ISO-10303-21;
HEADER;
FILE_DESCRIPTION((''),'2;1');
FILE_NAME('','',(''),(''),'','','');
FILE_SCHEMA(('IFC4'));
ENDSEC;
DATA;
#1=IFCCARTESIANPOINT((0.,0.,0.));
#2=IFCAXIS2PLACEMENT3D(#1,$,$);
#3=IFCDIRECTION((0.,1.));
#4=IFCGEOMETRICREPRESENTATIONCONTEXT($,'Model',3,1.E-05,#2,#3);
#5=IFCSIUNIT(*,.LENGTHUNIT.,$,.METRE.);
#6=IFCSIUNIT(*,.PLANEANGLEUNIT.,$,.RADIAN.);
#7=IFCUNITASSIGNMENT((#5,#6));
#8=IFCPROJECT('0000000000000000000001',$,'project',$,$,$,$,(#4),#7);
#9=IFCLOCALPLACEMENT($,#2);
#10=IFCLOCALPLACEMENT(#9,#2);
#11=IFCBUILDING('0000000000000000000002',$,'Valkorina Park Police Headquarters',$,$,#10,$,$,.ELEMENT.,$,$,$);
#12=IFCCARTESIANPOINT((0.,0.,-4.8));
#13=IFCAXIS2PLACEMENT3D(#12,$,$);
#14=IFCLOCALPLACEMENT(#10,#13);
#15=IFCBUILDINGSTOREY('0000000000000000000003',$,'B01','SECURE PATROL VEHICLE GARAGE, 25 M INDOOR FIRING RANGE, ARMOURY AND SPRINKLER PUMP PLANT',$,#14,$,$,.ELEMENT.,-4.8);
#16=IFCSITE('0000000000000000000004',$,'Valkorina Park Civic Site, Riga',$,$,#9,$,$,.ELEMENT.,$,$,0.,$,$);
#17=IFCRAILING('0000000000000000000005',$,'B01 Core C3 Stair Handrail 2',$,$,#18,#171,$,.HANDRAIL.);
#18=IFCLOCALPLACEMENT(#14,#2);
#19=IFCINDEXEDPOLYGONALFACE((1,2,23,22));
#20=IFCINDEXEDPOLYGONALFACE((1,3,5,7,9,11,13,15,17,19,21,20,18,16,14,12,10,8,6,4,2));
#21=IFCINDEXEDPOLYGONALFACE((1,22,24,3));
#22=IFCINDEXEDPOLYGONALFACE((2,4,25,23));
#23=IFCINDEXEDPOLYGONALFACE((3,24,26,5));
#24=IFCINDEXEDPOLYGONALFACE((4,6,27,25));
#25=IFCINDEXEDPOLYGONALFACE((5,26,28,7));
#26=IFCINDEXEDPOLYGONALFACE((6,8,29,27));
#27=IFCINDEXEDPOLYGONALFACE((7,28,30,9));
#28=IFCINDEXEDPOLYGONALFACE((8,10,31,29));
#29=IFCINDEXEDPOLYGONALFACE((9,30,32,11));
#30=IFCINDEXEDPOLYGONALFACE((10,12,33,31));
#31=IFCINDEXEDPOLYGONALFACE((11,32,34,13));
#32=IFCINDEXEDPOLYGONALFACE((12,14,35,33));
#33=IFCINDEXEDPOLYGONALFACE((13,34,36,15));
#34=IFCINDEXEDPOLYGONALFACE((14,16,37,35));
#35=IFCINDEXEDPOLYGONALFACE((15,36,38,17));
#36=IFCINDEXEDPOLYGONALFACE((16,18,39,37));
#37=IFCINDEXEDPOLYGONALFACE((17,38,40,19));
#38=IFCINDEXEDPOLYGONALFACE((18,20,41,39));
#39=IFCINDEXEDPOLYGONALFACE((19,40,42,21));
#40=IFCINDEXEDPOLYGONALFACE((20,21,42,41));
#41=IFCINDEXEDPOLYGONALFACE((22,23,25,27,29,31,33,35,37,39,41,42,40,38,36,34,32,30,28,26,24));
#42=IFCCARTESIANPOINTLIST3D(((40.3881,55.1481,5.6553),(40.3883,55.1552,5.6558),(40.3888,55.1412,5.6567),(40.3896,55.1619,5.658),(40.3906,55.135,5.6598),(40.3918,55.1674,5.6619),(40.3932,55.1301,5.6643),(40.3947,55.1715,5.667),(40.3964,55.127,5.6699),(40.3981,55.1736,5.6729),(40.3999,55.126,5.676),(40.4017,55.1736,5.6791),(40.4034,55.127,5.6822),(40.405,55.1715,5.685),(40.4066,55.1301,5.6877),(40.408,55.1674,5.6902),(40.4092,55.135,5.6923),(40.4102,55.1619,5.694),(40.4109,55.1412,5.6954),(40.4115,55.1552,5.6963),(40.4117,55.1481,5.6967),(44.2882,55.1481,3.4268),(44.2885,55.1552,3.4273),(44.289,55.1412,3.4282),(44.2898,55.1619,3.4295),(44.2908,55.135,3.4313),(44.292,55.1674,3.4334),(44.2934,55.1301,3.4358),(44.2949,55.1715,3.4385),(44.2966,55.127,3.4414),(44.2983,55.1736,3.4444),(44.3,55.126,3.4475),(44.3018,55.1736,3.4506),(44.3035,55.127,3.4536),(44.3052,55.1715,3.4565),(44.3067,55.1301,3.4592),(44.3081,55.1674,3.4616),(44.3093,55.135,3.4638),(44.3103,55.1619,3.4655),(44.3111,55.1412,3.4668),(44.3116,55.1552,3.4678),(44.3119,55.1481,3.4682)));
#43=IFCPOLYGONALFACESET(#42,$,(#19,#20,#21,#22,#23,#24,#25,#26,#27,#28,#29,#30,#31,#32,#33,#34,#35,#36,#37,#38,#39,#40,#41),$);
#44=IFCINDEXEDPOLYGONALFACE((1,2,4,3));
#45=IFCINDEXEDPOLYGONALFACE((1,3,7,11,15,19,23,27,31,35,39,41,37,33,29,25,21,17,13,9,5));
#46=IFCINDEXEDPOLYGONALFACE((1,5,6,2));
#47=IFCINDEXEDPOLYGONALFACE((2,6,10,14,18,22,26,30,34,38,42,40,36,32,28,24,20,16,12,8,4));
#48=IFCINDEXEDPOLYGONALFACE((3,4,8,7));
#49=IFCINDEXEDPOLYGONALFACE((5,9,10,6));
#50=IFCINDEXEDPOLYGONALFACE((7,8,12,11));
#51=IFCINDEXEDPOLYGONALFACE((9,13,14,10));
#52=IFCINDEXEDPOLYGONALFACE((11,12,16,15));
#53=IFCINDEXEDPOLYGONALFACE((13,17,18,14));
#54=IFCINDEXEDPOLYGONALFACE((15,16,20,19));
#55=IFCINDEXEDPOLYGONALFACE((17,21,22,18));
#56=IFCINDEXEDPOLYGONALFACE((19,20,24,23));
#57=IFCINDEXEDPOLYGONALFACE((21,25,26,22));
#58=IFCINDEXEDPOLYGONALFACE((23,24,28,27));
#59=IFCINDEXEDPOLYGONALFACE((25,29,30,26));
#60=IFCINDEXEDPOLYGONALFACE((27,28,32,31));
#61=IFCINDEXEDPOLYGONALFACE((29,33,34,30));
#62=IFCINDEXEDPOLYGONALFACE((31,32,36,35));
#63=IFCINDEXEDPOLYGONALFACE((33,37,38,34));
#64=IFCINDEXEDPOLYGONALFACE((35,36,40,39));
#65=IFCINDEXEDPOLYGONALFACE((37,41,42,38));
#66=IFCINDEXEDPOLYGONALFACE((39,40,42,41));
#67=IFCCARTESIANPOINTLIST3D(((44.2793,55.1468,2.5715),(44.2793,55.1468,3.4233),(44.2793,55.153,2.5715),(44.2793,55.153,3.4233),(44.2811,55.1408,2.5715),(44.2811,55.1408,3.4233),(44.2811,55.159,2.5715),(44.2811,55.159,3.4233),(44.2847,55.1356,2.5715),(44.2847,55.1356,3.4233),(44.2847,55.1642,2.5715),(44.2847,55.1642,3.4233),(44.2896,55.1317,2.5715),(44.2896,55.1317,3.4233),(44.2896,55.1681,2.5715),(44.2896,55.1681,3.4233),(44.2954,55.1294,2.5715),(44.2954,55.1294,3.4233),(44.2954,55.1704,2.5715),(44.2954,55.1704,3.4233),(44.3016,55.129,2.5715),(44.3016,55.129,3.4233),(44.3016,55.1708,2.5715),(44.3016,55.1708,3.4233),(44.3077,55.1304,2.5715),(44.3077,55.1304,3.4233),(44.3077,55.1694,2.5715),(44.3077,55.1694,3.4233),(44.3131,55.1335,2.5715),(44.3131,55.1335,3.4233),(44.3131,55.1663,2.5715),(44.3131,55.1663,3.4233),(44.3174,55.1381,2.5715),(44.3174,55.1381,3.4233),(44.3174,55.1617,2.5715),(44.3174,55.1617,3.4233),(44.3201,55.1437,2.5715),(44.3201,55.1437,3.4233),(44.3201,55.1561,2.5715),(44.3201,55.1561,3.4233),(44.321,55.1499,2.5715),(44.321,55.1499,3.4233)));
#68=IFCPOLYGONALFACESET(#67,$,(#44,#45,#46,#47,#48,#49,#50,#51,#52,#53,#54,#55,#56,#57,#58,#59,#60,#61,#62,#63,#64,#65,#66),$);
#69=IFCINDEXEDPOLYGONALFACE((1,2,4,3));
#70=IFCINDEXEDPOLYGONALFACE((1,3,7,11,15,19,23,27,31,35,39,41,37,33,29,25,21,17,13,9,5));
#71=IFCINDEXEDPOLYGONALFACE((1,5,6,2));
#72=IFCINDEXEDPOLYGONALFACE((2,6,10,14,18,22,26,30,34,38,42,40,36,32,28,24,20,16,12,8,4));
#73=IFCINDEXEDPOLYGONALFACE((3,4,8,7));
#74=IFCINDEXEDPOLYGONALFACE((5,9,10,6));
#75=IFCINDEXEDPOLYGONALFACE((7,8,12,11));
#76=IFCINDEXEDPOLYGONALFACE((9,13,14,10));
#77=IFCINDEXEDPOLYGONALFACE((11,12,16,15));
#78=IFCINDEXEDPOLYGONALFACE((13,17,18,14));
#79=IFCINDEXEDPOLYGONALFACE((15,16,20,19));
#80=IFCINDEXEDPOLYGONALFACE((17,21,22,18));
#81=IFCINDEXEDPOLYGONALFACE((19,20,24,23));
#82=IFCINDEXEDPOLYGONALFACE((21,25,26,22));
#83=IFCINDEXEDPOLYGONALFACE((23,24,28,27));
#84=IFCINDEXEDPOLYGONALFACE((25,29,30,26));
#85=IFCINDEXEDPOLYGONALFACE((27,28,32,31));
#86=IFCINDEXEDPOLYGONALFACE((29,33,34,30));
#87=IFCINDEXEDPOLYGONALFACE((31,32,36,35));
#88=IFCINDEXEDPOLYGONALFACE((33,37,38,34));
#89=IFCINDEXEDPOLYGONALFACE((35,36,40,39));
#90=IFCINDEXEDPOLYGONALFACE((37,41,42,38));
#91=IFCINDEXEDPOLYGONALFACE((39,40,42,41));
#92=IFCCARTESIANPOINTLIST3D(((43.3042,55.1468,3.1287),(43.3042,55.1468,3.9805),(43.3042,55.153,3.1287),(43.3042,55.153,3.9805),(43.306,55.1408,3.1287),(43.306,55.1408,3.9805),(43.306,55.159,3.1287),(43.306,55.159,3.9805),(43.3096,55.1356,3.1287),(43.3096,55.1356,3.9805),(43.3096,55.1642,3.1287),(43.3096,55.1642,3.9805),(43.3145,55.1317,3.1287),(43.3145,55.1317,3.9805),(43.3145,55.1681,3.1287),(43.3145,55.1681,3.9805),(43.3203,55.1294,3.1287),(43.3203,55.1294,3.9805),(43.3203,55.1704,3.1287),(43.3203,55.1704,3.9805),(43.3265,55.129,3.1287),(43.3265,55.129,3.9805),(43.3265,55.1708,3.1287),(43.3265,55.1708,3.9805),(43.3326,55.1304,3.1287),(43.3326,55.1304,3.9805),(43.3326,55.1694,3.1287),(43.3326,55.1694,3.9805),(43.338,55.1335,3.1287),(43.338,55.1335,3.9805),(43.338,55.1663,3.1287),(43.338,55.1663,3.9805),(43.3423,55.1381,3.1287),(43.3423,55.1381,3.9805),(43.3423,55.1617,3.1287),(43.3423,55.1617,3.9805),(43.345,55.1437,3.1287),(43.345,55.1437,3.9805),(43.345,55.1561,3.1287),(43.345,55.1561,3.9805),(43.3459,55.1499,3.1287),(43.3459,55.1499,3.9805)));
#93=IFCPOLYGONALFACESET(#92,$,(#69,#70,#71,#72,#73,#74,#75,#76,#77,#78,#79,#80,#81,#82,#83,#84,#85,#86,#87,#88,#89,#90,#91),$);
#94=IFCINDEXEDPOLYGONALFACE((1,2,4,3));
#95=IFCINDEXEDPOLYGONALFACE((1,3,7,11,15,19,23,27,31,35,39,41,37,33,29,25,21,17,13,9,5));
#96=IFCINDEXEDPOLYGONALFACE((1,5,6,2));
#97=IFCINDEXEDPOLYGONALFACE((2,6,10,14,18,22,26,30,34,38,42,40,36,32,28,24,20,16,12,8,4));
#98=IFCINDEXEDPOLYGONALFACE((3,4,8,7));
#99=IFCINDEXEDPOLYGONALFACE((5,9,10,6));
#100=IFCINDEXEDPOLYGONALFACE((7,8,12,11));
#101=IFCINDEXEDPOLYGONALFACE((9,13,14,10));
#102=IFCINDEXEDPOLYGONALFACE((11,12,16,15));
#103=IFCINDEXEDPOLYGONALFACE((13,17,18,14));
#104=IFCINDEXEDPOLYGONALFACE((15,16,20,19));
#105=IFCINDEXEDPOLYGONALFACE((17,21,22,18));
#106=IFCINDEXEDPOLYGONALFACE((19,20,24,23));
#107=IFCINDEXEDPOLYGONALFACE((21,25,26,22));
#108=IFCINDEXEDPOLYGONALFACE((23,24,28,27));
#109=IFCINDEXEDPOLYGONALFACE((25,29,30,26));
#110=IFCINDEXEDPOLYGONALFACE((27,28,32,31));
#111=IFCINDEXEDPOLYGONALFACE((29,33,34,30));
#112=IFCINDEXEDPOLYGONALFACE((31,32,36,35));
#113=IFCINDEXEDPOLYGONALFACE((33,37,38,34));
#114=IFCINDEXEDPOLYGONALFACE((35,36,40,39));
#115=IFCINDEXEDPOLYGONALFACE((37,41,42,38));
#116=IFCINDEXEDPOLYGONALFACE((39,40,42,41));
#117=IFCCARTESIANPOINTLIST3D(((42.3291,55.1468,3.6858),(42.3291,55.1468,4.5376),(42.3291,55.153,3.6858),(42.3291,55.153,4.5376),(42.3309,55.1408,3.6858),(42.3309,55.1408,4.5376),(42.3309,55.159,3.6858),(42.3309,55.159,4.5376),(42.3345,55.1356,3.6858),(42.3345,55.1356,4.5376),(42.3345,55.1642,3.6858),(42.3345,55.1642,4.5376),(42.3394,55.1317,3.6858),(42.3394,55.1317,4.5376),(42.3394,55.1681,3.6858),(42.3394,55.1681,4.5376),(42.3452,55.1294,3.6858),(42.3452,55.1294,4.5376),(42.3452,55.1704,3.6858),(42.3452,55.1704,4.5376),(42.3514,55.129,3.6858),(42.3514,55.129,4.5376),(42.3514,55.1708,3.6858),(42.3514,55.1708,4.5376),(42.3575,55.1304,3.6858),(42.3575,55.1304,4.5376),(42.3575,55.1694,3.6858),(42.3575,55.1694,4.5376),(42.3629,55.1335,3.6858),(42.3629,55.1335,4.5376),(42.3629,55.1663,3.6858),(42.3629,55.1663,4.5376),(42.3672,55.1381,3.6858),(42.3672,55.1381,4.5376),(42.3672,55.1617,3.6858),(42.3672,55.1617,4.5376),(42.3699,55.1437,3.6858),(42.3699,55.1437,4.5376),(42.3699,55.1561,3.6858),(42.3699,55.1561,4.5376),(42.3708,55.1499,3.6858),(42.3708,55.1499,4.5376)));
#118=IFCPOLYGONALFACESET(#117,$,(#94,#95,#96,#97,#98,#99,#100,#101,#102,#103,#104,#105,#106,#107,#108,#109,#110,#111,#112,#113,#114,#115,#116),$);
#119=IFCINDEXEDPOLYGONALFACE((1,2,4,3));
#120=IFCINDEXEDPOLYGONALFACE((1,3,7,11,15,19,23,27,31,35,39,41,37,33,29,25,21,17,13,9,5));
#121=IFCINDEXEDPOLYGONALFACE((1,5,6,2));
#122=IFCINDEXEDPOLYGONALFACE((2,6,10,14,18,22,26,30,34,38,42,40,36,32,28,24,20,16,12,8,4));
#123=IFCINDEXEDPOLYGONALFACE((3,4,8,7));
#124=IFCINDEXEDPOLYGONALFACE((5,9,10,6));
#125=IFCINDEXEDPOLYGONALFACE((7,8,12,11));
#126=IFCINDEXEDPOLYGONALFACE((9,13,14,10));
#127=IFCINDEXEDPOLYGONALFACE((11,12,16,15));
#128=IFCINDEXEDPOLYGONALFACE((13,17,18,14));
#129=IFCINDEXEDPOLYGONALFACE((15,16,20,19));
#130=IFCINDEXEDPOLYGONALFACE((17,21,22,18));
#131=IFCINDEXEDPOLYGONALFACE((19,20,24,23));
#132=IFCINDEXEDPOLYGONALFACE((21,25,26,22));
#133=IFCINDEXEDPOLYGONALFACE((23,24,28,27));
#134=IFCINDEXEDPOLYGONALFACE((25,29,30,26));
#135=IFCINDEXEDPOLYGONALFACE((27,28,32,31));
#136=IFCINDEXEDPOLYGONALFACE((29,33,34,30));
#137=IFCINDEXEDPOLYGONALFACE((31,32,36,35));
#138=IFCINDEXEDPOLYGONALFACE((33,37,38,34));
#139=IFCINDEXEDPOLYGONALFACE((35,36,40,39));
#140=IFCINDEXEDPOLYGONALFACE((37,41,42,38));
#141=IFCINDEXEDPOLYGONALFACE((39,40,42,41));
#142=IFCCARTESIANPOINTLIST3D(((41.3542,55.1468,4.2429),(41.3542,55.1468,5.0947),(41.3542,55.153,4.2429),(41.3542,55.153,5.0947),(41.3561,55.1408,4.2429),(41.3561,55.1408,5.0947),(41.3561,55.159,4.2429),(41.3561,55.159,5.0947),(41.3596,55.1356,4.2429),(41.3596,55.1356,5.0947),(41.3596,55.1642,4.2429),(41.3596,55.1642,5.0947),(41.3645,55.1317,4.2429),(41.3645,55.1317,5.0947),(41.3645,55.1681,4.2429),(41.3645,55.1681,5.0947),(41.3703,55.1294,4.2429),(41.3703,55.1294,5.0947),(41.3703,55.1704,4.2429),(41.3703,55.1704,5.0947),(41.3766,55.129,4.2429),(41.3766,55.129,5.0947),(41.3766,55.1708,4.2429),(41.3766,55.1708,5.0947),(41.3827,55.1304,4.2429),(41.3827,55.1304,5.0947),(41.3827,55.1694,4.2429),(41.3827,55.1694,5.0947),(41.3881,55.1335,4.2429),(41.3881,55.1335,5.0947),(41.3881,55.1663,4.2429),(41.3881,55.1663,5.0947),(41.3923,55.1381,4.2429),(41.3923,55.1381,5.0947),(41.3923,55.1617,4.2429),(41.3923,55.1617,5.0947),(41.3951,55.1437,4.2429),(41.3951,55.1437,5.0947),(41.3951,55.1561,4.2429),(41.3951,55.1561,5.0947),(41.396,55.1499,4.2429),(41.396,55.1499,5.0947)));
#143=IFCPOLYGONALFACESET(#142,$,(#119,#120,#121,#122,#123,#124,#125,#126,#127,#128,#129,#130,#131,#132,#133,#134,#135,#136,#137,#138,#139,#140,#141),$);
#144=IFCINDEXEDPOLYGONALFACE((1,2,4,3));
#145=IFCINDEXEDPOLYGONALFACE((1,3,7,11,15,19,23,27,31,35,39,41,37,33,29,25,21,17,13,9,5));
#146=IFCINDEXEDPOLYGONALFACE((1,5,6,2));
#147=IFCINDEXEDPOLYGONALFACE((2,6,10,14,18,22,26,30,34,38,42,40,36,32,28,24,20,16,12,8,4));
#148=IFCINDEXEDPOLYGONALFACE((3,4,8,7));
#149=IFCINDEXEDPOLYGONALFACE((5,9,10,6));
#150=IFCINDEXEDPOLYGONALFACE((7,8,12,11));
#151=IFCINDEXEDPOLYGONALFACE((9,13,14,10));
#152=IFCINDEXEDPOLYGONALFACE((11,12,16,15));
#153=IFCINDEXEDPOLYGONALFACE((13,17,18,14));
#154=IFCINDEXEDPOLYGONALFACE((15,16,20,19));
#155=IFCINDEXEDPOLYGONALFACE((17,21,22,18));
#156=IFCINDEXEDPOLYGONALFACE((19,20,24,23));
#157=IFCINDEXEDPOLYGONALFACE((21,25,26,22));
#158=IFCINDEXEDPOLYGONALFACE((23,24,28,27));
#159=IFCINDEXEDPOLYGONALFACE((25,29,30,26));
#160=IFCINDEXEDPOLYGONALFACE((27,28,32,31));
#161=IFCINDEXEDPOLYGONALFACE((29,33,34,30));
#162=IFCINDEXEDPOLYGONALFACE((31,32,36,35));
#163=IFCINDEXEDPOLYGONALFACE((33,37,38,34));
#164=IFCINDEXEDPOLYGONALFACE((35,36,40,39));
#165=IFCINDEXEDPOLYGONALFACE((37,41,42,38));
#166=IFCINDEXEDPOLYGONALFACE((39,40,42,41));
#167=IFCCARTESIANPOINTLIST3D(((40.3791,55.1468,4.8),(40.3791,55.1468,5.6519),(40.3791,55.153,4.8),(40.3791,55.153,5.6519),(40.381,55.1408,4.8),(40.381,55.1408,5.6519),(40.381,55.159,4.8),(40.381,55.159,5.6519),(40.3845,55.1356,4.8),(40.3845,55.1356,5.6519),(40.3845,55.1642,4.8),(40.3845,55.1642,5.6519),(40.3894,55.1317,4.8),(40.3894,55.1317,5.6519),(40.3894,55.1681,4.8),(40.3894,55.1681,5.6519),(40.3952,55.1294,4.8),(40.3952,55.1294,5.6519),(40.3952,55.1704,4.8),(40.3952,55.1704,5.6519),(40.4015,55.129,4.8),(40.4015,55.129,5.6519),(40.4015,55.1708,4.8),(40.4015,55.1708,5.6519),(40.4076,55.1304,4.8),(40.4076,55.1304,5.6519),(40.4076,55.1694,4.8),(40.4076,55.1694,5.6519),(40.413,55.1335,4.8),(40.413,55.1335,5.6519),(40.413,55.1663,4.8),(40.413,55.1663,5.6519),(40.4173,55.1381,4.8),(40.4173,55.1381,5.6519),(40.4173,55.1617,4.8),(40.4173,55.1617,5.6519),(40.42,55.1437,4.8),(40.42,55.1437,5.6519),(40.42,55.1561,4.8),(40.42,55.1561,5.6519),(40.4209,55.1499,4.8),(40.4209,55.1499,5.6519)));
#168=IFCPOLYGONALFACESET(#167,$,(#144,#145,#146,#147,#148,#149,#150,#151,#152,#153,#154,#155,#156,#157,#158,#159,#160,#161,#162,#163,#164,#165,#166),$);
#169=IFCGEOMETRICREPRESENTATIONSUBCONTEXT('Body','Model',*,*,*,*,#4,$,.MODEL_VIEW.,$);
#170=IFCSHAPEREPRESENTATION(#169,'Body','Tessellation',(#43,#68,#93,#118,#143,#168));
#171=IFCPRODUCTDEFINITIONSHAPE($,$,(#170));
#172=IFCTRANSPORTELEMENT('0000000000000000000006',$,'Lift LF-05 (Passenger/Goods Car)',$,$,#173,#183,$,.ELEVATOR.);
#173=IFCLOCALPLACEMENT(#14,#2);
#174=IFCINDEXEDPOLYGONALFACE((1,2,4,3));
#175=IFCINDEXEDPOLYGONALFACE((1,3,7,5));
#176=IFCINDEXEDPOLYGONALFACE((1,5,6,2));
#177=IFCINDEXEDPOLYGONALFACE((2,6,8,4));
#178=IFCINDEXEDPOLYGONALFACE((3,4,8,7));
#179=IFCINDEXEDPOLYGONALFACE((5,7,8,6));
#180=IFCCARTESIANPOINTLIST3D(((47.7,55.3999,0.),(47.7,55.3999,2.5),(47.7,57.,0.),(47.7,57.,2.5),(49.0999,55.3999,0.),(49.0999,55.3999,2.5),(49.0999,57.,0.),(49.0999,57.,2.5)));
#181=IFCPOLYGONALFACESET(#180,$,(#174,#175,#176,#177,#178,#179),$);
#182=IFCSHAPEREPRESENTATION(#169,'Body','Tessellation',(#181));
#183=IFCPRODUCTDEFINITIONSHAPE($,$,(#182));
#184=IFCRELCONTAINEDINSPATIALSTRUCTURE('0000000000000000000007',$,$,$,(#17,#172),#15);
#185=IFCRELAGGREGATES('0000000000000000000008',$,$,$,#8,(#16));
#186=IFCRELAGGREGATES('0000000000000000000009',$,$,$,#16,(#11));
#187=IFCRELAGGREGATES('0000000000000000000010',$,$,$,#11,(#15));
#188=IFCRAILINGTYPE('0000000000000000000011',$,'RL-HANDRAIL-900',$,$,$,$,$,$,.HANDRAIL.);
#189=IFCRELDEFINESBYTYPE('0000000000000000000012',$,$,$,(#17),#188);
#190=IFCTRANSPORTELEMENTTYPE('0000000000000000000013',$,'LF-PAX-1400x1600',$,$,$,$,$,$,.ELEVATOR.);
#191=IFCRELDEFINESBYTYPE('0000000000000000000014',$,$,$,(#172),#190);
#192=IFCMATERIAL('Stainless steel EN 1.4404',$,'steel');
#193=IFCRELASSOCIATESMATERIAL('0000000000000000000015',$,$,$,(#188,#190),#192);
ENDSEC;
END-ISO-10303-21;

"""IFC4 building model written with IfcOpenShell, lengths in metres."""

from ifc_helpers import new_model, si_unit, direction, frame, origin, origin_2d, place, context, subcontext, project, spatial, rectangle, circle, extrude, material, type_object, element, save


model = new_model("IFC4")

# Units and contexts
model_context = context("Model", 3, precision=1e-05, world=origin(), true_north=direction((0.0, 1.0)))
body_context = subcontext(model_context, "Body", "Model", "MODEL_VIEW")
ifc_project = project(units=[si_unit("LENGTHUNIT", "METRE"), si_unit("PLANEANGLEUNIT", "RADIAN")], contexts=[model_context])

# Site, building, storey
site_placement = place(None, origin())
site = spatial("IfcSite", under=ifc_project, at=site_placement, Name="Valkorina Park Civic Site, Riga", CompositionType="ELEMENT", RefElevation=0.0)
building_placement = place(site_placement, origin())
building = spatial("IfcBuilding", under=site, at=building_placement, Name="Valkorina Park Police Headquarters", CompositionType="ELEMENT")
storey_placement = place(building_placement, frame((0.0, 0.0, -4.8)))
storey = spatial("IfcBuildingStorey", under=building, at=storey_placement, Name="B01", Description="SECURE PATROL VEHICLE GARAGE, 25 M INDOOR FIRING RANGE, ARMOURY AND SPRINKLER PUMP PLANT", CompositionType="ELEMENT", Elevation=-4.8)

# Shared definitions
ifc_material_1 = material(Name="Stainless steel EN 1.4404", Category="steel")

# Railing
railing_type_1 = type_object("IfcRailingType", Name="RL-HANDRAIL-900", PredefinedType="HANDRAIL", material=ifc_material_1)
railing_1_placement = place(storey_placement, frame((44.3, 55.1499, 2.5715)))
element("IfcRailing", 1, at=railing_1_placement, inside=storey, type_object=railing_type_1, Name="B01 Core C3 Stair Handrail 2", PredefinedType="HANDRAIL", context=body_context, shape_type="SweptSolid", body=[
    extrude(circle(Radius=0.0239, at=origin_2d()), frame((0.0, 0.0, 0.876), z_axis=(-0.868257, 0.0, 0.496116), x_axis=(0.0, -1.0, 0.0)), (0.0, 0.0, 1.0), 4.4919),
    extrude(circle(Radius=0.021, at=origin_2d()), origin(), (0.0, 0.0, 1.0), 0.8518),
    extrude(circle(Radius=0.021, at=origin_2d()), frame((-0.9751, 0.0, 0.5571)), (0.0, 0.0, 1.0), 0.8518),
    extrude(circle(Radius=0.021, at=origin_2d()), frame((-1.9502, 0.0, 1.1143)), (0.0, 0.0, 1.0), 0.8518),
    extrude(circle(Radius=0.021, at=origin_2d()), frame((-2.925, 0.0, 1.6714)), (0.0, 0.0, 1.0), 0.8518),
    extrude(circle(Radius=0.021, at=origin_2d()), frame((-3.9001, 0.0, 2.2285)), (0.0, 0.0, 1.0), 0.8518),
])

# Transport element
transport_element_type = type_object("IfcTransportElementType", Name="LF-PAX-1400x1600", PredefinedType="ELEVATOR", material=ifc_material_1)
transport_element_placement = place(storey_placement, frame((48.3999, 56.2, 0.0), z_axis=(0.0, 0.0, 1.0), x_axis=(1.0, 0.0, 0.0)))
element("IfcTransportElement", 2, at=transport_element_placement, inside=storey, type_object=transport_element_type, Name="Lift LF-05 (Passenger/Goods Car)", PredefinedType="ELEVATOR", context=body_context, shape_type="SweptSolid", body=[
    extrude(rectangle(XDim=1.3999, YDim=1.6001, at=origin_2d()), origin(), (0.0, 0.0, 1.0), 2.5),
])

save(model, "model.ifc")
